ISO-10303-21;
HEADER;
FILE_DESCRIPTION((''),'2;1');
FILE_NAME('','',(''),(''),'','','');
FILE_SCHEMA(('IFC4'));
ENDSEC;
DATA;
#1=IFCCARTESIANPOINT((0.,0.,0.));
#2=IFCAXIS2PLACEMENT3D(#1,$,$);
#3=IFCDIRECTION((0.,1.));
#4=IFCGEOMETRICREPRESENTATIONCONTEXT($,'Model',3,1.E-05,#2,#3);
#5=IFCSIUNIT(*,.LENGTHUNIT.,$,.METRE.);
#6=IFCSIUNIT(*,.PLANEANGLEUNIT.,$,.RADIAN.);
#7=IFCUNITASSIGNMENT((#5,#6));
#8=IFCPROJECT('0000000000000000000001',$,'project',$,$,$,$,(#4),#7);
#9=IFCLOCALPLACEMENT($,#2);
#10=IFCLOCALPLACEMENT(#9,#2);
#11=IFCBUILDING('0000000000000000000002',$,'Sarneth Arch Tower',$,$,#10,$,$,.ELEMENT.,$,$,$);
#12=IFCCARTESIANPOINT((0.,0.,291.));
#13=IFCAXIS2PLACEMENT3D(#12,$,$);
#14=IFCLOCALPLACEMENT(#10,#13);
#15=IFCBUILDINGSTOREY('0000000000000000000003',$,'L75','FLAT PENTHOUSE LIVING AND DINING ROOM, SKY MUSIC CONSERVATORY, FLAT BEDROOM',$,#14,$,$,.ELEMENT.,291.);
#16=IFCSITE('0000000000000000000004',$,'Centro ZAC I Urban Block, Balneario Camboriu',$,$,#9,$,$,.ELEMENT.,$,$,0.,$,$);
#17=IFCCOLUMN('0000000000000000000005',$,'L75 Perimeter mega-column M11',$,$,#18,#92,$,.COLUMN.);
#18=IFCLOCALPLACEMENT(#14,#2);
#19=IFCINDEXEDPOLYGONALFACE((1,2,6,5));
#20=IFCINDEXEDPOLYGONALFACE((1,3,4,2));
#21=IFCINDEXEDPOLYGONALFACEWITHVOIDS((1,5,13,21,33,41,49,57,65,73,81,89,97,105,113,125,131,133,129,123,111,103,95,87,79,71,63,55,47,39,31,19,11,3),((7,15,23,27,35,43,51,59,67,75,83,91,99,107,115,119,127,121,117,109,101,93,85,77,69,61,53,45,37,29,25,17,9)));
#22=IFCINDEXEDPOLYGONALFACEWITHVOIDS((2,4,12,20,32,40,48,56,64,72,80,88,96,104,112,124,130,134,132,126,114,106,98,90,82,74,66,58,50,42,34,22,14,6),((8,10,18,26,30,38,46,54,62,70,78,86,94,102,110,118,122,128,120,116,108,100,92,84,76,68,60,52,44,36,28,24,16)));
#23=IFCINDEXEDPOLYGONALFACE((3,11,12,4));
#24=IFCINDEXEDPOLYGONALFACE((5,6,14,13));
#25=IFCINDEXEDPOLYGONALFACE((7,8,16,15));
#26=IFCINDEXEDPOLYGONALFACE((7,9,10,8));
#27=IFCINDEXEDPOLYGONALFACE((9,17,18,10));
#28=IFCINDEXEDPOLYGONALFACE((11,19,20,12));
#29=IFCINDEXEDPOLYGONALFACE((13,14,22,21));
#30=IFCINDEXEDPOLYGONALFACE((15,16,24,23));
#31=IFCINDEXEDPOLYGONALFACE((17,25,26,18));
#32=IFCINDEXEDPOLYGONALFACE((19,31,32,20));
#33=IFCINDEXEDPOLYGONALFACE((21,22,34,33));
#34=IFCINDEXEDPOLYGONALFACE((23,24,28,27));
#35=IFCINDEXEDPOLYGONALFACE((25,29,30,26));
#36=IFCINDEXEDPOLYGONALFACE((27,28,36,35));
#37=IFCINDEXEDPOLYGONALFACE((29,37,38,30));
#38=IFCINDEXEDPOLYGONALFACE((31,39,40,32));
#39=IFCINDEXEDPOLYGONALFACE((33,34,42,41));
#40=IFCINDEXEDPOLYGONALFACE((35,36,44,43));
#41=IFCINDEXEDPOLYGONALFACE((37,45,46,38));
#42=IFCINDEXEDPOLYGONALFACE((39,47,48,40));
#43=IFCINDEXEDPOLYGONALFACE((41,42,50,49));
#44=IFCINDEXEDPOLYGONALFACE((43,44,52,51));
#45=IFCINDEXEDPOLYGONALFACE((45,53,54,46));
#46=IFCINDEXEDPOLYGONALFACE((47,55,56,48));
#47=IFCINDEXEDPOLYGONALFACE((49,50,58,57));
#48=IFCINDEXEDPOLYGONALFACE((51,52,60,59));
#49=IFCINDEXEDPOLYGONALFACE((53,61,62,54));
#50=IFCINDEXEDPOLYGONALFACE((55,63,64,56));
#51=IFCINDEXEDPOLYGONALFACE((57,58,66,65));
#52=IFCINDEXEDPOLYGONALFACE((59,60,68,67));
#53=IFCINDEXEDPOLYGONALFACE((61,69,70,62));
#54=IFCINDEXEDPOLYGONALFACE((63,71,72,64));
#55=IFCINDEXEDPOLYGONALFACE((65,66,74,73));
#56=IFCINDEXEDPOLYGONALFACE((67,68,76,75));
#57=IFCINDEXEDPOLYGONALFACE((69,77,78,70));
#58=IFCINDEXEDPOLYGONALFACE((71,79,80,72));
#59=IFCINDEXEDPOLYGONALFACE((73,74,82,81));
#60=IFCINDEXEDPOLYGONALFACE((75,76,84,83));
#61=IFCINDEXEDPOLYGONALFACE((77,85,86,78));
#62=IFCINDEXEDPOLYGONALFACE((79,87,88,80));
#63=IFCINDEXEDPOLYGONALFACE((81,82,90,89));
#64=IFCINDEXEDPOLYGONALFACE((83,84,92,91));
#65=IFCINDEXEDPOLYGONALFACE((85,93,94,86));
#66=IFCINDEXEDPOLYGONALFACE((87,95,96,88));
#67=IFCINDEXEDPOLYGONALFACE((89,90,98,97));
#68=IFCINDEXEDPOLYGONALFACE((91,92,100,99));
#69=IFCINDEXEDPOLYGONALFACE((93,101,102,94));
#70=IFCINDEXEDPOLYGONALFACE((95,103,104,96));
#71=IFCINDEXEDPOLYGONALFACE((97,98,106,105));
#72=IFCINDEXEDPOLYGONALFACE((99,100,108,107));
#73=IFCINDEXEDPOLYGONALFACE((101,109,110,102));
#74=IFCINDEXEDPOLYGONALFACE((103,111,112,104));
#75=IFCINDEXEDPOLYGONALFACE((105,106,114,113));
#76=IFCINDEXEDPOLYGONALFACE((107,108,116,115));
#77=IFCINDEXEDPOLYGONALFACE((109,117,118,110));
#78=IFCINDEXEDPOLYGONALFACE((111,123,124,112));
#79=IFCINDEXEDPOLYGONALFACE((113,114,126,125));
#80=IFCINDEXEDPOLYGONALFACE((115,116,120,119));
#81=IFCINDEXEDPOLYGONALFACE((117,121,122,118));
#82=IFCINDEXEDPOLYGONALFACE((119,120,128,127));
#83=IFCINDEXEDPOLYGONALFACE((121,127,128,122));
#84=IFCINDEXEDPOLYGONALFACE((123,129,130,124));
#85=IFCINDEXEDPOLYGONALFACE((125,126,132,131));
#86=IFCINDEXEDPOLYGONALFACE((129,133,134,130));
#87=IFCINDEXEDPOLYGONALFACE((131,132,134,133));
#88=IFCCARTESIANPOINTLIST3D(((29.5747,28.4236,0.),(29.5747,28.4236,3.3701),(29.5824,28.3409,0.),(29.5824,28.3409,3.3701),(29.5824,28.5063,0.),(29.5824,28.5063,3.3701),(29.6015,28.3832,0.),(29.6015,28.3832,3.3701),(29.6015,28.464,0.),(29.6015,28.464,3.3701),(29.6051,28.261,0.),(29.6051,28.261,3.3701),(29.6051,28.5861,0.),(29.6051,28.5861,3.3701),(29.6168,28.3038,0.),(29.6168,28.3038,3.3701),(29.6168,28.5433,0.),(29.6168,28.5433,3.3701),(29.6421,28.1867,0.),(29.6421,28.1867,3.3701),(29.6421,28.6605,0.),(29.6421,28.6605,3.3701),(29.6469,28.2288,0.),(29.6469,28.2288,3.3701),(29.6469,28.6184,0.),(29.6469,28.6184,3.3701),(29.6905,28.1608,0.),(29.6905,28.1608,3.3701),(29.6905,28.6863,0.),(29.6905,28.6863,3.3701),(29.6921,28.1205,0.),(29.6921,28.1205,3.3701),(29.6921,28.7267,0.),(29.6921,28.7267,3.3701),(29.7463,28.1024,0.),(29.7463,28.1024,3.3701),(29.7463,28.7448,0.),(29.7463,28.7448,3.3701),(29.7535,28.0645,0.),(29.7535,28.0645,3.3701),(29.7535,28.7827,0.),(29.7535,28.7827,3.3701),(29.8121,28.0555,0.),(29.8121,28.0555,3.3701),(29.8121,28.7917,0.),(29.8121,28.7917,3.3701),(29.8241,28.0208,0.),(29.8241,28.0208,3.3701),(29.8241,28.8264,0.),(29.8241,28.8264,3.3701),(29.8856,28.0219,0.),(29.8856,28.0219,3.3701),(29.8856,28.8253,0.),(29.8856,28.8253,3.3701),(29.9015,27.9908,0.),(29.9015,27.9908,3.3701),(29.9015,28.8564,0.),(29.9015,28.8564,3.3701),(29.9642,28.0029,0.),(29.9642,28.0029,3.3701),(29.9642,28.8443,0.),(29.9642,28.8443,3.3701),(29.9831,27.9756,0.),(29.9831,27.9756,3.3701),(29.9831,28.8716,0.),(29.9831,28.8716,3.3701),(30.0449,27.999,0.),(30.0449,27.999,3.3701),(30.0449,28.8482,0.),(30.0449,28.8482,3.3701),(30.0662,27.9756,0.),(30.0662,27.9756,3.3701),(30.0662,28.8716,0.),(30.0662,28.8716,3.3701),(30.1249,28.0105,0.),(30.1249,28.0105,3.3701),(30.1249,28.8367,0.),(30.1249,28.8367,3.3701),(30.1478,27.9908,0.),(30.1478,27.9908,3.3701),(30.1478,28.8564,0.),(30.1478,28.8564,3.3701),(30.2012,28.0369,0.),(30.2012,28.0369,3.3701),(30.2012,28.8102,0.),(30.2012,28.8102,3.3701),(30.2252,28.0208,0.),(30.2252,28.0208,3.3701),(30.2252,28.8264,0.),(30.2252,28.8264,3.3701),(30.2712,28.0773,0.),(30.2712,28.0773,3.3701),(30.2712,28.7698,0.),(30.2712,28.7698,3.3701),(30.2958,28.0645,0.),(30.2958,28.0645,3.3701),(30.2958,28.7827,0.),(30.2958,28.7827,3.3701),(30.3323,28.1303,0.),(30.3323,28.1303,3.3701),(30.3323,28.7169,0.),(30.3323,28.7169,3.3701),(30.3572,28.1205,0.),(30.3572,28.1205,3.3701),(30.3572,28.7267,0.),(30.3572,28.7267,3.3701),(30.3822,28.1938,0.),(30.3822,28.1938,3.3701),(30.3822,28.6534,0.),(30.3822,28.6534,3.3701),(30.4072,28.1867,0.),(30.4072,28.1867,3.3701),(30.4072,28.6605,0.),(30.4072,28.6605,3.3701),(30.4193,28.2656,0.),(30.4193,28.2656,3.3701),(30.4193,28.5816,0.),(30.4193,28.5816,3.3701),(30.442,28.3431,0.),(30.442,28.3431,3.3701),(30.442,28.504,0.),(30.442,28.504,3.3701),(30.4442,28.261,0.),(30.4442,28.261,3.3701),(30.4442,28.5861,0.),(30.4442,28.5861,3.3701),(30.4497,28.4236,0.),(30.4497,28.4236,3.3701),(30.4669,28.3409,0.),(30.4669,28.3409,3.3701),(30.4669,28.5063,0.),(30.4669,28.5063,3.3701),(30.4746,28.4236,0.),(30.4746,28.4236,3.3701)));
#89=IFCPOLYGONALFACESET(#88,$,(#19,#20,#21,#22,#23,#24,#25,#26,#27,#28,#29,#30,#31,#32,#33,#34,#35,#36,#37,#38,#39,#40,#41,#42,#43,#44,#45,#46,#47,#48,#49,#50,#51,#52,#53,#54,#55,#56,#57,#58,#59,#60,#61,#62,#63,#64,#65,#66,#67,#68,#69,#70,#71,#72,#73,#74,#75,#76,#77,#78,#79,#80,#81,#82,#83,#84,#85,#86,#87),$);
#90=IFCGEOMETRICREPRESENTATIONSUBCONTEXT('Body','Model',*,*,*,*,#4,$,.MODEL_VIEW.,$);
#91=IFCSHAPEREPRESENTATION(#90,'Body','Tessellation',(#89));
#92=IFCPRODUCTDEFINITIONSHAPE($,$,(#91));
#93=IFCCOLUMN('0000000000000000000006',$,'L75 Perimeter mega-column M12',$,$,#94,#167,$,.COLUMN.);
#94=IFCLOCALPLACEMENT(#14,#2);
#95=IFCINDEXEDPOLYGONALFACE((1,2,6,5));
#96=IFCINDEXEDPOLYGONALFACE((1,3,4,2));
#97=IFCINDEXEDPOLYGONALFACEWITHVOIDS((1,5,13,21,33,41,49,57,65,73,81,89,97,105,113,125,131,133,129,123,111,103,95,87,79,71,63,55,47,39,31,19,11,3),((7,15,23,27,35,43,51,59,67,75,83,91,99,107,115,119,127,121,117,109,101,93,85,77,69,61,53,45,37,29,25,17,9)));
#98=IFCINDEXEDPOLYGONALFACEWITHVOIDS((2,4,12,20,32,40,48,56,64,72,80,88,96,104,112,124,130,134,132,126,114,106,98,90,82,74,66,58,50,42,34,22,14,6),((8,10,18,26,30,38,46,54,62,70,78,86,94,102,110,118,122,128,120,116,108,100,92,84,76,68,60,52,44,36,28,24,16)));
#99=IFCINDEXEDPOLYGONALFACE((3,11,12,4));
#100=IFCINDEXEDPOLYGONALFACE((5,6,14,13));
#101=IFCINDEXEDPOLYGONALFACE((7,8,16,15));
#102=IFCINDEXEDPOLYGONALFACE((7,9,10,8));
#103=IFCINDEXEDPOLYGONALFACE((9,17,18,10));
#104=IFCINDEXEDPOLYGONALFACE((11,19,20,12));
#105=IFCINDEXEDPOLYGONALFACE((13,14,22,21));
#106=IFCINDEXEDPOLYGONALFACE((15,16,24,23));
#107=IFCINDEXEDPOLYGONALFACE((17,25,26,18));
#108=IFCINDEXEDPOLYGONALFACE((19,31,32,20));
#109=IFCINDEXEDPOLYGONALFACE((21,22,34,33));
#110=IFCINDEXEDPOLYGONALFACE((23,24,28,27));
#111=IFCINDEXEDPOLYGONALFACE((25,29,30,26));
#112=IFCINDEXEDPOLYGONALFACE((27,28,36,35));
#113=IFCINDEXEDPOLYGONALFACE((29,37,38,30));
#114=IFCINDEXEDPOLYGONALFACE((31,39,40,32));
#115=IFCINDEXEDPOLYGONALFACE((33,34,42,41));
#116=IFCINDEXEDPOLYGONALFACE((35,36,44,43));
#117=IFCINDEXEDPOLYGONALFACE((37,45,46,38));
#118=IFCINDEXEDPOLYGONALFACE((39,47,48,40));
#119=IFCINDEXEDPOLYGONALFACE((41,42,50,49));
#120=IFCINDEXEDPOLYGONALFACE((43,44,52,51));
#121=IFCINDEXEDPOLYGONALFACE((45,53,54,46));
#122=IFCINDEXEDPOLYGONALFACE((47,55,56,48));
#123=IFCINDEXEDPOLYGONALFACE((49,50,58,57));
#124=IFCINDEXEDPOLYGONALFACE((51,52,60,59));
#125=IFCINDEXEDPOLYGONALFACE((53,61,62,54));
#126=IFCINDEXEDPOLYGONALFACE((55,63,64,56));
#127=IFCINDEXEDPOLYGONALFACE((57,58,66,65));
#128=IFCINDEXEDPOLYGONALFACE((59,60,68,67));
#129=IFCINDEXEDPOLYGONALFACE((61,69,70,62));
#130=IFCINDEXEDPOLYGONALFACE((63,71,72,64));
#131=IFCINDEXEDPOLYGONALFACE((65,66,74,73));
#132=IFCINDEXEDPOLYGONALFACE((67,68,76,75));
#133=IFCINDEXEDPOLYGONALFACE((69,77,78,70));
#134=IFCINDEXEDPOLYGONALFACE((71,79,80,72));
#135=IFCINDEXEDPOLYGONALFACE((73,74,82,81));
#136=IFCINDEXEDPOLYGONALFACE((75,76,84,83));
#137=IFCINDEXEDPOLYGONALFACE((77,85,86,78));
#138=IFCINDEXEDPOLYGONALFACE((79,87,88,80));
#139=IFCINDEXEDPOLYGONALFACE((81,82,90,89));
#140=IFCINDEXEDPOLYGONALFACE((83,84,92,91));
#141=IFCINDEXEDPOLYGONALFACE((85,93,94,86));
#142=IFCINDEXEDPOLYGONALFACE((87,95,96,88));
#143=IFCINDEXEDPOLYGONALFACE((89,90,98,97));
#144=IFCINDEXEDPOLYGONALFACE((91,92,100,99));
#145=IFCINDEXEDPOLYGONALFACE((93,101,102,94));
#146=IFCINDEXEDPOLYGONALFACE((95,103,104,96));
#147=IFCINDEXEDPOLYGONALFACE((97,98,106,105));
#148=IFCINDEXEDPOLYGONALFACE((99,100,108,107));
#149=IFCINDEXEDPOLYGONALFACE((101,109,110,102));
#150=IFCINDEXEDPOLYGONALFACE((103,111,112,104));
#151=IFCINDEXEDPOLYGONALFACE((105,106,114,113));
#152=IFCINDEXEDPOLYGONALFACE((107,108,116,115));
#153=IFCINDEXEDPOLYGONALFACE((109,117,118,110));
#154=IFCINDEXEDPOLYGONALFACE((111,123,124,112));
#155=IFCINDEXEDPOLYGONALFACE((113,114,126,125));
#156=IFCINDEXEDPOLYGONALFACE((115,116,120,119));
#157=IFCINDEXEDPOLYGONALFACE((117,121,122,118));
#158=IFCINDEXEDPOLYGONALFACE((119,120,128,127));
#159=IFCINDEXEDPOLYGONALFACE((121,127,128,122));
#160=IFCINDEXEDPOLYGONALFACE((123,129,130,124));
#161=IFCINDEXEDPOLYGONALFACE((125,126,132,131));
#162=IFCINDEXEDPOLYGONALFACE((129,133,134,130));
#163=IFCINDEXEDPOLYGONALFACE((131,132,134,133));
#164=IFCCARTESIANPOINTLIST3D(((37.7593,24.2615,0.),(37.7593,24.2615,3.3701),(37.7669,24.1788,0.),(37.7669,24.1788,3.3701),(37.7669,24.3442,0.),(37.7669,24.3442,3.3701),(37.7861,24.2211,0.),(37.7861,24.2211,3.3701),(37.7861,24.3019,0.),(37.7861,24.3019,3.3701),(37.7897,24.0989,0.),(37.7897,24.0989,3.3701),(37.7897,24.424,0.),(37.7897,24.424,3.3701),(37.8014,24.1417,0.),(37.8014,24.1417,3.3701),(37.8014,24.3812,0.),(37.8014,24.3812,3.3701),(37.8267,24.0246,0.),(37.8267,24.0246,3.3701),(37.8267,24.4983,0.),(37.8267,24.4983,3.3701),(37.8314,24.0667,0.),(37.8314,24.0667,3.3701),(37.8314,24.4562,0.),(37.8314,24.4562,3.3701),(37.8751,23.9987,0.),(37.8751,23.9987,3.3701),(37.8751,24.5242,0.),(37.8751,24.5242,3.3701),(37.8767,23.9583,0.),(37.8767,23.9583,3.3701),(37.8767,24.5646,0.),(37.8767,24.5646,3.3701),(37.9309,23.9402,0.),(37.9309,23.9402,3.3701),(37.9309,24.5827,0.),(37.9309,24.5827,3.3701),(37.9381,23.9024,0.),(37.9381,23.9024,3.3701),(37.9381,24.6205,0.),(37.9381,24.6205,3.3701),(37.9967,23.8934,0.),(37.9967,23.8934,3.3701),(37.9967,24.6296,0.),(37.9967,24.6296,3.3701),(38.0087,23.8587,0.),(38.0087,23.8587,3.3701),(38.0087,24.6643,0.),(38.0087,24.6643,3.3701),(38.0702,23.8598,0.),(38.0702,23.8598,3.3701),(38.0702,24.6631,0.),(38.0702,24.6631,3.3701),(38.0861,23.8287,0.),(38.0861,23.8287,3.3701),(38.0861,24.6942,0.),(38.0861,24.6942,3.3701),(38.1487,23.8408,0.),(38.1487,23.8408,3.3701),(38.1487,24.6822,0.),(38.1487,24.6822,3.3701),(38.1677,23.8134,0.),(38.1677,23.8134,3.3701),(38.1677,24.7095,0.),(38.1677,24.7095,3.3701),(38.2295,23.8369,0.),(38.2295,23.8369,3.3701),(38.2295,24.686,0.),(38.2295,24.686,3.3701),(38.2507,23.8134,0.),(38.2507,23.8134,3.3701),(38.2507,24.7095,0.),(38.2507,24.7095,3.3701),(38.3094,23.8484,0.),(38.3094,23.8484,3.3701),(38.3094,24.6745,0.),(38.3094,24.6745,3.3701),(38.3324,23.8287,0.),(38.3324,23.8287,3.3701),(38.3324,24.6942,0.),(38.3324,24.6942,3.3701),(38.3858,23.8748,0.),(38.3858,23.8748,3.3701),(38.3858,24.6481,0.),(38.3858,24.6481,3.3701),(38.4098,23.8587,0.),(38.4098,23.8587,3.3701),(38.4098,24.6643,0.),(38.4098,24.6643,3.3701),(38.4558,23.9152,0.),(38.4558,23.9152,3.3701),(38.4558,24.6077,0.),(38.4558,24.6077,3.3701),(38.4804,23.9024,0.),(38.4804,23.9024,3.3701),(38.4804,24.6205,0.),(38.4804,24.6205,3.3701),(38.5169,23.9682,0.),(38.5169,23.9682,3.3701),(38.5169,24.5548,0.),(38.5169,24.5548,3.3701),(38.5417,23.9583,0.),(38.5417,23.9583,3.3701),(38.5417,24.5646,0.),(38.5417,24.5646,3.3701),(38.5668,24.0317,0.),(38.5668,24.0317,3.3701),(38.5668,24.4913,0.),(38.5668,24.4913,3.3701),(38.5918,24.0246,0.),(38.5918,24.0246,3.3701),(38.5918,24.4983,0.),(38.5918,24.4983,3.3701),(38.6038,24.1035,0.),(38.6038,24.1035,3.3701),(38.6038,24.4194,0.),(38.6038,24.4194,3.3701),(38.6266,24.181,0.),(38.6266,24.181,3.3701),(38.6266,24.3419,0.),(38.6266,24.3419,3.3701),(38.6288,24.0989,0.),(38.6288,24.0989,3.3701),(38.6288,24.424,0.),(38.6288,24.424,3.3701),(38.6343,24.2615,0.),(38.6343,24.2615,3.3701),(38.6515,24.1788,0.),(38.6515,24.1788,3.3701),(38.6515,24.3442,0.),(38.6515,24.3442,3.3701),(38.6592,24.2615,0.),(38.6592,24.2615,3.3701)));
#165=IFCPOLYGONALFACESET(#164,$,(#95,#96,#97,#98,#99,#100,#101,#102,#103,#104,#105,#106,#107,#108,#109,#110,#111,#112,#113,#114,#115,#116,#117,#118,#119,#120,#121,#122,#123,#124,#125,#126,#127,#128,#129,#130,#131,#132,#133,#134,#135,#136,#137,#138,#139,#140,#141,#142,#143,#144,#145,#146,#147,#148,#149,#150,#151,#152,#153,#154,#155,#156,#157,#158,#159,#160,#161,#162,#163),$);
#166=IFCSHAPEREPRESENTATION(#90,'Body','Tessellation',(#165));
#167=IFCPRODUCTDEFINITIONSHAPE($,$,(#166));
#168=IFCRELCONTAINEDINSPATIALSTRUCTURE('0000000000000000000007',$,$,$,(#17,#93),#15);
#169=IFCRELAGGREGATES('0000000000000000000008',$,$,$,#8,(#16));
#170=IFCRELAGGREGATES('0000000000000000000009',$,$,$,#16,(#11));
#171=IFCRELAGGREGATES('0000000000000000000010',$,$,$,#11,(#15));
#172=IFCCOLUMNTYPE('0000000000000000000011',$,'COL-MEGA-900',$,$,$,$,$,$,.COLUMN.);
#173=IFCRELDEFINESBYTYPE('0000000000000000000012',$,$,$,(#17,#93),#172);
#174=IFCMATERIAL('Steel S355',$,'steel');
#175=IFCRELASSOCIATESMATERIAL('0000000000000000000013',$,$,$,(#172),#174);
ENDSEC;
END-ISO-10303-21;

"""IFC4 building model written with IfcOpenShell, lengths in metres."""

from ifc_helpers import new_model, si_unit, direction, frame, origin, origin_2d, place, context, subcontext, project, spatial, hollow_circle, extrude, material, material_profile, profile_set, type_object, element, save


model = new_model("IFC4")

# Units and contexts
model_context = context("Model", 3, precision=1e-05, world=origin(), true_north=direction((0.0, 1.0)))
body_context = subcontext(model_context, "Body", "Model", "MODEL_VIEW")
ifc_project = project(units=[si_unit("LENGTHUNIT", "METRE"), si_unit("PLANEANGLEUNIT", "RADIAN")], contexts=[model_context])

# Site, building, storey
site_placement = place(None, origin())
site = spatial("IfcSite", under=ifc_project, at=site_placement, Name="Centro ZAC I Urban Block, Balneario Camboriu", CompositionType="ELEMENT", RefElevation=0.0)
building_placement = place(site_placement, origin())
building = spatial("IfcBuilding", under=site, at=building_placement, Name="Sarneth Arch Tower", CompositionType="ELEMENT")
storey_placement = place(building_placement, frame((0.0, 0.0, 291.0)))
storey = spatial("IfcBuildingStorey", under=building, at=storey_placement, Name="L75", Description="FLAT PENTHOUSE LIVING AND DINING ROOM, SKY MUSIC CONSERVATORY, FLAT BEDROOM", CompositionType="ELEMENT", Elevation=291.0)

# Columns
ifc_material_1 = material(Name="Steel S355", Category="steel")
ifc_material_profile_1 = material_profile(ifc_material_1, hollow_circle(Radius=0.45, WallThickness=0.0249, at=origin_2d()), Name="CHS900x25")
ifc_profile_set_1 = profile_set([ifc_material_profile_1], Name="Steel S355")
column_type = type_object("IfcColumnType", Name="COL-MEGA-900", PredefinedType="COLUMN", material=ifc_profile_set_1)
for number, where, z_axis, x_axis, name in (
    (1, (30.0247, 28.4236, 0.0), (0.0, 0.0, 1.0), (1.0, 0.0, 0.0), "L75 Perimeter mega-column M11"),
    (2, (38.2092, 24.2615, 0.0), (0.0, 0.0, 1.0), (1.0, 0.0, 0.0), "L75 Perimeter mega-column M12"),
):
    element("IfcColumn", number, at=place(storey_placement, frame(where, z_axis=z_axis, x_axis=x_axis)), inside=storey, type_object=column_type, Name=name, PredefinedType="COLUMN", context=body_context, shape_type="SweptSolid", body=[
        extrude(hollow_circle(Radius=0.45, WallThickness=0.0249, at=origin_2d()), origin(), (0.0, 0.0, 1.0), 3.3701),
    ])

save(model, "model.ifc")
